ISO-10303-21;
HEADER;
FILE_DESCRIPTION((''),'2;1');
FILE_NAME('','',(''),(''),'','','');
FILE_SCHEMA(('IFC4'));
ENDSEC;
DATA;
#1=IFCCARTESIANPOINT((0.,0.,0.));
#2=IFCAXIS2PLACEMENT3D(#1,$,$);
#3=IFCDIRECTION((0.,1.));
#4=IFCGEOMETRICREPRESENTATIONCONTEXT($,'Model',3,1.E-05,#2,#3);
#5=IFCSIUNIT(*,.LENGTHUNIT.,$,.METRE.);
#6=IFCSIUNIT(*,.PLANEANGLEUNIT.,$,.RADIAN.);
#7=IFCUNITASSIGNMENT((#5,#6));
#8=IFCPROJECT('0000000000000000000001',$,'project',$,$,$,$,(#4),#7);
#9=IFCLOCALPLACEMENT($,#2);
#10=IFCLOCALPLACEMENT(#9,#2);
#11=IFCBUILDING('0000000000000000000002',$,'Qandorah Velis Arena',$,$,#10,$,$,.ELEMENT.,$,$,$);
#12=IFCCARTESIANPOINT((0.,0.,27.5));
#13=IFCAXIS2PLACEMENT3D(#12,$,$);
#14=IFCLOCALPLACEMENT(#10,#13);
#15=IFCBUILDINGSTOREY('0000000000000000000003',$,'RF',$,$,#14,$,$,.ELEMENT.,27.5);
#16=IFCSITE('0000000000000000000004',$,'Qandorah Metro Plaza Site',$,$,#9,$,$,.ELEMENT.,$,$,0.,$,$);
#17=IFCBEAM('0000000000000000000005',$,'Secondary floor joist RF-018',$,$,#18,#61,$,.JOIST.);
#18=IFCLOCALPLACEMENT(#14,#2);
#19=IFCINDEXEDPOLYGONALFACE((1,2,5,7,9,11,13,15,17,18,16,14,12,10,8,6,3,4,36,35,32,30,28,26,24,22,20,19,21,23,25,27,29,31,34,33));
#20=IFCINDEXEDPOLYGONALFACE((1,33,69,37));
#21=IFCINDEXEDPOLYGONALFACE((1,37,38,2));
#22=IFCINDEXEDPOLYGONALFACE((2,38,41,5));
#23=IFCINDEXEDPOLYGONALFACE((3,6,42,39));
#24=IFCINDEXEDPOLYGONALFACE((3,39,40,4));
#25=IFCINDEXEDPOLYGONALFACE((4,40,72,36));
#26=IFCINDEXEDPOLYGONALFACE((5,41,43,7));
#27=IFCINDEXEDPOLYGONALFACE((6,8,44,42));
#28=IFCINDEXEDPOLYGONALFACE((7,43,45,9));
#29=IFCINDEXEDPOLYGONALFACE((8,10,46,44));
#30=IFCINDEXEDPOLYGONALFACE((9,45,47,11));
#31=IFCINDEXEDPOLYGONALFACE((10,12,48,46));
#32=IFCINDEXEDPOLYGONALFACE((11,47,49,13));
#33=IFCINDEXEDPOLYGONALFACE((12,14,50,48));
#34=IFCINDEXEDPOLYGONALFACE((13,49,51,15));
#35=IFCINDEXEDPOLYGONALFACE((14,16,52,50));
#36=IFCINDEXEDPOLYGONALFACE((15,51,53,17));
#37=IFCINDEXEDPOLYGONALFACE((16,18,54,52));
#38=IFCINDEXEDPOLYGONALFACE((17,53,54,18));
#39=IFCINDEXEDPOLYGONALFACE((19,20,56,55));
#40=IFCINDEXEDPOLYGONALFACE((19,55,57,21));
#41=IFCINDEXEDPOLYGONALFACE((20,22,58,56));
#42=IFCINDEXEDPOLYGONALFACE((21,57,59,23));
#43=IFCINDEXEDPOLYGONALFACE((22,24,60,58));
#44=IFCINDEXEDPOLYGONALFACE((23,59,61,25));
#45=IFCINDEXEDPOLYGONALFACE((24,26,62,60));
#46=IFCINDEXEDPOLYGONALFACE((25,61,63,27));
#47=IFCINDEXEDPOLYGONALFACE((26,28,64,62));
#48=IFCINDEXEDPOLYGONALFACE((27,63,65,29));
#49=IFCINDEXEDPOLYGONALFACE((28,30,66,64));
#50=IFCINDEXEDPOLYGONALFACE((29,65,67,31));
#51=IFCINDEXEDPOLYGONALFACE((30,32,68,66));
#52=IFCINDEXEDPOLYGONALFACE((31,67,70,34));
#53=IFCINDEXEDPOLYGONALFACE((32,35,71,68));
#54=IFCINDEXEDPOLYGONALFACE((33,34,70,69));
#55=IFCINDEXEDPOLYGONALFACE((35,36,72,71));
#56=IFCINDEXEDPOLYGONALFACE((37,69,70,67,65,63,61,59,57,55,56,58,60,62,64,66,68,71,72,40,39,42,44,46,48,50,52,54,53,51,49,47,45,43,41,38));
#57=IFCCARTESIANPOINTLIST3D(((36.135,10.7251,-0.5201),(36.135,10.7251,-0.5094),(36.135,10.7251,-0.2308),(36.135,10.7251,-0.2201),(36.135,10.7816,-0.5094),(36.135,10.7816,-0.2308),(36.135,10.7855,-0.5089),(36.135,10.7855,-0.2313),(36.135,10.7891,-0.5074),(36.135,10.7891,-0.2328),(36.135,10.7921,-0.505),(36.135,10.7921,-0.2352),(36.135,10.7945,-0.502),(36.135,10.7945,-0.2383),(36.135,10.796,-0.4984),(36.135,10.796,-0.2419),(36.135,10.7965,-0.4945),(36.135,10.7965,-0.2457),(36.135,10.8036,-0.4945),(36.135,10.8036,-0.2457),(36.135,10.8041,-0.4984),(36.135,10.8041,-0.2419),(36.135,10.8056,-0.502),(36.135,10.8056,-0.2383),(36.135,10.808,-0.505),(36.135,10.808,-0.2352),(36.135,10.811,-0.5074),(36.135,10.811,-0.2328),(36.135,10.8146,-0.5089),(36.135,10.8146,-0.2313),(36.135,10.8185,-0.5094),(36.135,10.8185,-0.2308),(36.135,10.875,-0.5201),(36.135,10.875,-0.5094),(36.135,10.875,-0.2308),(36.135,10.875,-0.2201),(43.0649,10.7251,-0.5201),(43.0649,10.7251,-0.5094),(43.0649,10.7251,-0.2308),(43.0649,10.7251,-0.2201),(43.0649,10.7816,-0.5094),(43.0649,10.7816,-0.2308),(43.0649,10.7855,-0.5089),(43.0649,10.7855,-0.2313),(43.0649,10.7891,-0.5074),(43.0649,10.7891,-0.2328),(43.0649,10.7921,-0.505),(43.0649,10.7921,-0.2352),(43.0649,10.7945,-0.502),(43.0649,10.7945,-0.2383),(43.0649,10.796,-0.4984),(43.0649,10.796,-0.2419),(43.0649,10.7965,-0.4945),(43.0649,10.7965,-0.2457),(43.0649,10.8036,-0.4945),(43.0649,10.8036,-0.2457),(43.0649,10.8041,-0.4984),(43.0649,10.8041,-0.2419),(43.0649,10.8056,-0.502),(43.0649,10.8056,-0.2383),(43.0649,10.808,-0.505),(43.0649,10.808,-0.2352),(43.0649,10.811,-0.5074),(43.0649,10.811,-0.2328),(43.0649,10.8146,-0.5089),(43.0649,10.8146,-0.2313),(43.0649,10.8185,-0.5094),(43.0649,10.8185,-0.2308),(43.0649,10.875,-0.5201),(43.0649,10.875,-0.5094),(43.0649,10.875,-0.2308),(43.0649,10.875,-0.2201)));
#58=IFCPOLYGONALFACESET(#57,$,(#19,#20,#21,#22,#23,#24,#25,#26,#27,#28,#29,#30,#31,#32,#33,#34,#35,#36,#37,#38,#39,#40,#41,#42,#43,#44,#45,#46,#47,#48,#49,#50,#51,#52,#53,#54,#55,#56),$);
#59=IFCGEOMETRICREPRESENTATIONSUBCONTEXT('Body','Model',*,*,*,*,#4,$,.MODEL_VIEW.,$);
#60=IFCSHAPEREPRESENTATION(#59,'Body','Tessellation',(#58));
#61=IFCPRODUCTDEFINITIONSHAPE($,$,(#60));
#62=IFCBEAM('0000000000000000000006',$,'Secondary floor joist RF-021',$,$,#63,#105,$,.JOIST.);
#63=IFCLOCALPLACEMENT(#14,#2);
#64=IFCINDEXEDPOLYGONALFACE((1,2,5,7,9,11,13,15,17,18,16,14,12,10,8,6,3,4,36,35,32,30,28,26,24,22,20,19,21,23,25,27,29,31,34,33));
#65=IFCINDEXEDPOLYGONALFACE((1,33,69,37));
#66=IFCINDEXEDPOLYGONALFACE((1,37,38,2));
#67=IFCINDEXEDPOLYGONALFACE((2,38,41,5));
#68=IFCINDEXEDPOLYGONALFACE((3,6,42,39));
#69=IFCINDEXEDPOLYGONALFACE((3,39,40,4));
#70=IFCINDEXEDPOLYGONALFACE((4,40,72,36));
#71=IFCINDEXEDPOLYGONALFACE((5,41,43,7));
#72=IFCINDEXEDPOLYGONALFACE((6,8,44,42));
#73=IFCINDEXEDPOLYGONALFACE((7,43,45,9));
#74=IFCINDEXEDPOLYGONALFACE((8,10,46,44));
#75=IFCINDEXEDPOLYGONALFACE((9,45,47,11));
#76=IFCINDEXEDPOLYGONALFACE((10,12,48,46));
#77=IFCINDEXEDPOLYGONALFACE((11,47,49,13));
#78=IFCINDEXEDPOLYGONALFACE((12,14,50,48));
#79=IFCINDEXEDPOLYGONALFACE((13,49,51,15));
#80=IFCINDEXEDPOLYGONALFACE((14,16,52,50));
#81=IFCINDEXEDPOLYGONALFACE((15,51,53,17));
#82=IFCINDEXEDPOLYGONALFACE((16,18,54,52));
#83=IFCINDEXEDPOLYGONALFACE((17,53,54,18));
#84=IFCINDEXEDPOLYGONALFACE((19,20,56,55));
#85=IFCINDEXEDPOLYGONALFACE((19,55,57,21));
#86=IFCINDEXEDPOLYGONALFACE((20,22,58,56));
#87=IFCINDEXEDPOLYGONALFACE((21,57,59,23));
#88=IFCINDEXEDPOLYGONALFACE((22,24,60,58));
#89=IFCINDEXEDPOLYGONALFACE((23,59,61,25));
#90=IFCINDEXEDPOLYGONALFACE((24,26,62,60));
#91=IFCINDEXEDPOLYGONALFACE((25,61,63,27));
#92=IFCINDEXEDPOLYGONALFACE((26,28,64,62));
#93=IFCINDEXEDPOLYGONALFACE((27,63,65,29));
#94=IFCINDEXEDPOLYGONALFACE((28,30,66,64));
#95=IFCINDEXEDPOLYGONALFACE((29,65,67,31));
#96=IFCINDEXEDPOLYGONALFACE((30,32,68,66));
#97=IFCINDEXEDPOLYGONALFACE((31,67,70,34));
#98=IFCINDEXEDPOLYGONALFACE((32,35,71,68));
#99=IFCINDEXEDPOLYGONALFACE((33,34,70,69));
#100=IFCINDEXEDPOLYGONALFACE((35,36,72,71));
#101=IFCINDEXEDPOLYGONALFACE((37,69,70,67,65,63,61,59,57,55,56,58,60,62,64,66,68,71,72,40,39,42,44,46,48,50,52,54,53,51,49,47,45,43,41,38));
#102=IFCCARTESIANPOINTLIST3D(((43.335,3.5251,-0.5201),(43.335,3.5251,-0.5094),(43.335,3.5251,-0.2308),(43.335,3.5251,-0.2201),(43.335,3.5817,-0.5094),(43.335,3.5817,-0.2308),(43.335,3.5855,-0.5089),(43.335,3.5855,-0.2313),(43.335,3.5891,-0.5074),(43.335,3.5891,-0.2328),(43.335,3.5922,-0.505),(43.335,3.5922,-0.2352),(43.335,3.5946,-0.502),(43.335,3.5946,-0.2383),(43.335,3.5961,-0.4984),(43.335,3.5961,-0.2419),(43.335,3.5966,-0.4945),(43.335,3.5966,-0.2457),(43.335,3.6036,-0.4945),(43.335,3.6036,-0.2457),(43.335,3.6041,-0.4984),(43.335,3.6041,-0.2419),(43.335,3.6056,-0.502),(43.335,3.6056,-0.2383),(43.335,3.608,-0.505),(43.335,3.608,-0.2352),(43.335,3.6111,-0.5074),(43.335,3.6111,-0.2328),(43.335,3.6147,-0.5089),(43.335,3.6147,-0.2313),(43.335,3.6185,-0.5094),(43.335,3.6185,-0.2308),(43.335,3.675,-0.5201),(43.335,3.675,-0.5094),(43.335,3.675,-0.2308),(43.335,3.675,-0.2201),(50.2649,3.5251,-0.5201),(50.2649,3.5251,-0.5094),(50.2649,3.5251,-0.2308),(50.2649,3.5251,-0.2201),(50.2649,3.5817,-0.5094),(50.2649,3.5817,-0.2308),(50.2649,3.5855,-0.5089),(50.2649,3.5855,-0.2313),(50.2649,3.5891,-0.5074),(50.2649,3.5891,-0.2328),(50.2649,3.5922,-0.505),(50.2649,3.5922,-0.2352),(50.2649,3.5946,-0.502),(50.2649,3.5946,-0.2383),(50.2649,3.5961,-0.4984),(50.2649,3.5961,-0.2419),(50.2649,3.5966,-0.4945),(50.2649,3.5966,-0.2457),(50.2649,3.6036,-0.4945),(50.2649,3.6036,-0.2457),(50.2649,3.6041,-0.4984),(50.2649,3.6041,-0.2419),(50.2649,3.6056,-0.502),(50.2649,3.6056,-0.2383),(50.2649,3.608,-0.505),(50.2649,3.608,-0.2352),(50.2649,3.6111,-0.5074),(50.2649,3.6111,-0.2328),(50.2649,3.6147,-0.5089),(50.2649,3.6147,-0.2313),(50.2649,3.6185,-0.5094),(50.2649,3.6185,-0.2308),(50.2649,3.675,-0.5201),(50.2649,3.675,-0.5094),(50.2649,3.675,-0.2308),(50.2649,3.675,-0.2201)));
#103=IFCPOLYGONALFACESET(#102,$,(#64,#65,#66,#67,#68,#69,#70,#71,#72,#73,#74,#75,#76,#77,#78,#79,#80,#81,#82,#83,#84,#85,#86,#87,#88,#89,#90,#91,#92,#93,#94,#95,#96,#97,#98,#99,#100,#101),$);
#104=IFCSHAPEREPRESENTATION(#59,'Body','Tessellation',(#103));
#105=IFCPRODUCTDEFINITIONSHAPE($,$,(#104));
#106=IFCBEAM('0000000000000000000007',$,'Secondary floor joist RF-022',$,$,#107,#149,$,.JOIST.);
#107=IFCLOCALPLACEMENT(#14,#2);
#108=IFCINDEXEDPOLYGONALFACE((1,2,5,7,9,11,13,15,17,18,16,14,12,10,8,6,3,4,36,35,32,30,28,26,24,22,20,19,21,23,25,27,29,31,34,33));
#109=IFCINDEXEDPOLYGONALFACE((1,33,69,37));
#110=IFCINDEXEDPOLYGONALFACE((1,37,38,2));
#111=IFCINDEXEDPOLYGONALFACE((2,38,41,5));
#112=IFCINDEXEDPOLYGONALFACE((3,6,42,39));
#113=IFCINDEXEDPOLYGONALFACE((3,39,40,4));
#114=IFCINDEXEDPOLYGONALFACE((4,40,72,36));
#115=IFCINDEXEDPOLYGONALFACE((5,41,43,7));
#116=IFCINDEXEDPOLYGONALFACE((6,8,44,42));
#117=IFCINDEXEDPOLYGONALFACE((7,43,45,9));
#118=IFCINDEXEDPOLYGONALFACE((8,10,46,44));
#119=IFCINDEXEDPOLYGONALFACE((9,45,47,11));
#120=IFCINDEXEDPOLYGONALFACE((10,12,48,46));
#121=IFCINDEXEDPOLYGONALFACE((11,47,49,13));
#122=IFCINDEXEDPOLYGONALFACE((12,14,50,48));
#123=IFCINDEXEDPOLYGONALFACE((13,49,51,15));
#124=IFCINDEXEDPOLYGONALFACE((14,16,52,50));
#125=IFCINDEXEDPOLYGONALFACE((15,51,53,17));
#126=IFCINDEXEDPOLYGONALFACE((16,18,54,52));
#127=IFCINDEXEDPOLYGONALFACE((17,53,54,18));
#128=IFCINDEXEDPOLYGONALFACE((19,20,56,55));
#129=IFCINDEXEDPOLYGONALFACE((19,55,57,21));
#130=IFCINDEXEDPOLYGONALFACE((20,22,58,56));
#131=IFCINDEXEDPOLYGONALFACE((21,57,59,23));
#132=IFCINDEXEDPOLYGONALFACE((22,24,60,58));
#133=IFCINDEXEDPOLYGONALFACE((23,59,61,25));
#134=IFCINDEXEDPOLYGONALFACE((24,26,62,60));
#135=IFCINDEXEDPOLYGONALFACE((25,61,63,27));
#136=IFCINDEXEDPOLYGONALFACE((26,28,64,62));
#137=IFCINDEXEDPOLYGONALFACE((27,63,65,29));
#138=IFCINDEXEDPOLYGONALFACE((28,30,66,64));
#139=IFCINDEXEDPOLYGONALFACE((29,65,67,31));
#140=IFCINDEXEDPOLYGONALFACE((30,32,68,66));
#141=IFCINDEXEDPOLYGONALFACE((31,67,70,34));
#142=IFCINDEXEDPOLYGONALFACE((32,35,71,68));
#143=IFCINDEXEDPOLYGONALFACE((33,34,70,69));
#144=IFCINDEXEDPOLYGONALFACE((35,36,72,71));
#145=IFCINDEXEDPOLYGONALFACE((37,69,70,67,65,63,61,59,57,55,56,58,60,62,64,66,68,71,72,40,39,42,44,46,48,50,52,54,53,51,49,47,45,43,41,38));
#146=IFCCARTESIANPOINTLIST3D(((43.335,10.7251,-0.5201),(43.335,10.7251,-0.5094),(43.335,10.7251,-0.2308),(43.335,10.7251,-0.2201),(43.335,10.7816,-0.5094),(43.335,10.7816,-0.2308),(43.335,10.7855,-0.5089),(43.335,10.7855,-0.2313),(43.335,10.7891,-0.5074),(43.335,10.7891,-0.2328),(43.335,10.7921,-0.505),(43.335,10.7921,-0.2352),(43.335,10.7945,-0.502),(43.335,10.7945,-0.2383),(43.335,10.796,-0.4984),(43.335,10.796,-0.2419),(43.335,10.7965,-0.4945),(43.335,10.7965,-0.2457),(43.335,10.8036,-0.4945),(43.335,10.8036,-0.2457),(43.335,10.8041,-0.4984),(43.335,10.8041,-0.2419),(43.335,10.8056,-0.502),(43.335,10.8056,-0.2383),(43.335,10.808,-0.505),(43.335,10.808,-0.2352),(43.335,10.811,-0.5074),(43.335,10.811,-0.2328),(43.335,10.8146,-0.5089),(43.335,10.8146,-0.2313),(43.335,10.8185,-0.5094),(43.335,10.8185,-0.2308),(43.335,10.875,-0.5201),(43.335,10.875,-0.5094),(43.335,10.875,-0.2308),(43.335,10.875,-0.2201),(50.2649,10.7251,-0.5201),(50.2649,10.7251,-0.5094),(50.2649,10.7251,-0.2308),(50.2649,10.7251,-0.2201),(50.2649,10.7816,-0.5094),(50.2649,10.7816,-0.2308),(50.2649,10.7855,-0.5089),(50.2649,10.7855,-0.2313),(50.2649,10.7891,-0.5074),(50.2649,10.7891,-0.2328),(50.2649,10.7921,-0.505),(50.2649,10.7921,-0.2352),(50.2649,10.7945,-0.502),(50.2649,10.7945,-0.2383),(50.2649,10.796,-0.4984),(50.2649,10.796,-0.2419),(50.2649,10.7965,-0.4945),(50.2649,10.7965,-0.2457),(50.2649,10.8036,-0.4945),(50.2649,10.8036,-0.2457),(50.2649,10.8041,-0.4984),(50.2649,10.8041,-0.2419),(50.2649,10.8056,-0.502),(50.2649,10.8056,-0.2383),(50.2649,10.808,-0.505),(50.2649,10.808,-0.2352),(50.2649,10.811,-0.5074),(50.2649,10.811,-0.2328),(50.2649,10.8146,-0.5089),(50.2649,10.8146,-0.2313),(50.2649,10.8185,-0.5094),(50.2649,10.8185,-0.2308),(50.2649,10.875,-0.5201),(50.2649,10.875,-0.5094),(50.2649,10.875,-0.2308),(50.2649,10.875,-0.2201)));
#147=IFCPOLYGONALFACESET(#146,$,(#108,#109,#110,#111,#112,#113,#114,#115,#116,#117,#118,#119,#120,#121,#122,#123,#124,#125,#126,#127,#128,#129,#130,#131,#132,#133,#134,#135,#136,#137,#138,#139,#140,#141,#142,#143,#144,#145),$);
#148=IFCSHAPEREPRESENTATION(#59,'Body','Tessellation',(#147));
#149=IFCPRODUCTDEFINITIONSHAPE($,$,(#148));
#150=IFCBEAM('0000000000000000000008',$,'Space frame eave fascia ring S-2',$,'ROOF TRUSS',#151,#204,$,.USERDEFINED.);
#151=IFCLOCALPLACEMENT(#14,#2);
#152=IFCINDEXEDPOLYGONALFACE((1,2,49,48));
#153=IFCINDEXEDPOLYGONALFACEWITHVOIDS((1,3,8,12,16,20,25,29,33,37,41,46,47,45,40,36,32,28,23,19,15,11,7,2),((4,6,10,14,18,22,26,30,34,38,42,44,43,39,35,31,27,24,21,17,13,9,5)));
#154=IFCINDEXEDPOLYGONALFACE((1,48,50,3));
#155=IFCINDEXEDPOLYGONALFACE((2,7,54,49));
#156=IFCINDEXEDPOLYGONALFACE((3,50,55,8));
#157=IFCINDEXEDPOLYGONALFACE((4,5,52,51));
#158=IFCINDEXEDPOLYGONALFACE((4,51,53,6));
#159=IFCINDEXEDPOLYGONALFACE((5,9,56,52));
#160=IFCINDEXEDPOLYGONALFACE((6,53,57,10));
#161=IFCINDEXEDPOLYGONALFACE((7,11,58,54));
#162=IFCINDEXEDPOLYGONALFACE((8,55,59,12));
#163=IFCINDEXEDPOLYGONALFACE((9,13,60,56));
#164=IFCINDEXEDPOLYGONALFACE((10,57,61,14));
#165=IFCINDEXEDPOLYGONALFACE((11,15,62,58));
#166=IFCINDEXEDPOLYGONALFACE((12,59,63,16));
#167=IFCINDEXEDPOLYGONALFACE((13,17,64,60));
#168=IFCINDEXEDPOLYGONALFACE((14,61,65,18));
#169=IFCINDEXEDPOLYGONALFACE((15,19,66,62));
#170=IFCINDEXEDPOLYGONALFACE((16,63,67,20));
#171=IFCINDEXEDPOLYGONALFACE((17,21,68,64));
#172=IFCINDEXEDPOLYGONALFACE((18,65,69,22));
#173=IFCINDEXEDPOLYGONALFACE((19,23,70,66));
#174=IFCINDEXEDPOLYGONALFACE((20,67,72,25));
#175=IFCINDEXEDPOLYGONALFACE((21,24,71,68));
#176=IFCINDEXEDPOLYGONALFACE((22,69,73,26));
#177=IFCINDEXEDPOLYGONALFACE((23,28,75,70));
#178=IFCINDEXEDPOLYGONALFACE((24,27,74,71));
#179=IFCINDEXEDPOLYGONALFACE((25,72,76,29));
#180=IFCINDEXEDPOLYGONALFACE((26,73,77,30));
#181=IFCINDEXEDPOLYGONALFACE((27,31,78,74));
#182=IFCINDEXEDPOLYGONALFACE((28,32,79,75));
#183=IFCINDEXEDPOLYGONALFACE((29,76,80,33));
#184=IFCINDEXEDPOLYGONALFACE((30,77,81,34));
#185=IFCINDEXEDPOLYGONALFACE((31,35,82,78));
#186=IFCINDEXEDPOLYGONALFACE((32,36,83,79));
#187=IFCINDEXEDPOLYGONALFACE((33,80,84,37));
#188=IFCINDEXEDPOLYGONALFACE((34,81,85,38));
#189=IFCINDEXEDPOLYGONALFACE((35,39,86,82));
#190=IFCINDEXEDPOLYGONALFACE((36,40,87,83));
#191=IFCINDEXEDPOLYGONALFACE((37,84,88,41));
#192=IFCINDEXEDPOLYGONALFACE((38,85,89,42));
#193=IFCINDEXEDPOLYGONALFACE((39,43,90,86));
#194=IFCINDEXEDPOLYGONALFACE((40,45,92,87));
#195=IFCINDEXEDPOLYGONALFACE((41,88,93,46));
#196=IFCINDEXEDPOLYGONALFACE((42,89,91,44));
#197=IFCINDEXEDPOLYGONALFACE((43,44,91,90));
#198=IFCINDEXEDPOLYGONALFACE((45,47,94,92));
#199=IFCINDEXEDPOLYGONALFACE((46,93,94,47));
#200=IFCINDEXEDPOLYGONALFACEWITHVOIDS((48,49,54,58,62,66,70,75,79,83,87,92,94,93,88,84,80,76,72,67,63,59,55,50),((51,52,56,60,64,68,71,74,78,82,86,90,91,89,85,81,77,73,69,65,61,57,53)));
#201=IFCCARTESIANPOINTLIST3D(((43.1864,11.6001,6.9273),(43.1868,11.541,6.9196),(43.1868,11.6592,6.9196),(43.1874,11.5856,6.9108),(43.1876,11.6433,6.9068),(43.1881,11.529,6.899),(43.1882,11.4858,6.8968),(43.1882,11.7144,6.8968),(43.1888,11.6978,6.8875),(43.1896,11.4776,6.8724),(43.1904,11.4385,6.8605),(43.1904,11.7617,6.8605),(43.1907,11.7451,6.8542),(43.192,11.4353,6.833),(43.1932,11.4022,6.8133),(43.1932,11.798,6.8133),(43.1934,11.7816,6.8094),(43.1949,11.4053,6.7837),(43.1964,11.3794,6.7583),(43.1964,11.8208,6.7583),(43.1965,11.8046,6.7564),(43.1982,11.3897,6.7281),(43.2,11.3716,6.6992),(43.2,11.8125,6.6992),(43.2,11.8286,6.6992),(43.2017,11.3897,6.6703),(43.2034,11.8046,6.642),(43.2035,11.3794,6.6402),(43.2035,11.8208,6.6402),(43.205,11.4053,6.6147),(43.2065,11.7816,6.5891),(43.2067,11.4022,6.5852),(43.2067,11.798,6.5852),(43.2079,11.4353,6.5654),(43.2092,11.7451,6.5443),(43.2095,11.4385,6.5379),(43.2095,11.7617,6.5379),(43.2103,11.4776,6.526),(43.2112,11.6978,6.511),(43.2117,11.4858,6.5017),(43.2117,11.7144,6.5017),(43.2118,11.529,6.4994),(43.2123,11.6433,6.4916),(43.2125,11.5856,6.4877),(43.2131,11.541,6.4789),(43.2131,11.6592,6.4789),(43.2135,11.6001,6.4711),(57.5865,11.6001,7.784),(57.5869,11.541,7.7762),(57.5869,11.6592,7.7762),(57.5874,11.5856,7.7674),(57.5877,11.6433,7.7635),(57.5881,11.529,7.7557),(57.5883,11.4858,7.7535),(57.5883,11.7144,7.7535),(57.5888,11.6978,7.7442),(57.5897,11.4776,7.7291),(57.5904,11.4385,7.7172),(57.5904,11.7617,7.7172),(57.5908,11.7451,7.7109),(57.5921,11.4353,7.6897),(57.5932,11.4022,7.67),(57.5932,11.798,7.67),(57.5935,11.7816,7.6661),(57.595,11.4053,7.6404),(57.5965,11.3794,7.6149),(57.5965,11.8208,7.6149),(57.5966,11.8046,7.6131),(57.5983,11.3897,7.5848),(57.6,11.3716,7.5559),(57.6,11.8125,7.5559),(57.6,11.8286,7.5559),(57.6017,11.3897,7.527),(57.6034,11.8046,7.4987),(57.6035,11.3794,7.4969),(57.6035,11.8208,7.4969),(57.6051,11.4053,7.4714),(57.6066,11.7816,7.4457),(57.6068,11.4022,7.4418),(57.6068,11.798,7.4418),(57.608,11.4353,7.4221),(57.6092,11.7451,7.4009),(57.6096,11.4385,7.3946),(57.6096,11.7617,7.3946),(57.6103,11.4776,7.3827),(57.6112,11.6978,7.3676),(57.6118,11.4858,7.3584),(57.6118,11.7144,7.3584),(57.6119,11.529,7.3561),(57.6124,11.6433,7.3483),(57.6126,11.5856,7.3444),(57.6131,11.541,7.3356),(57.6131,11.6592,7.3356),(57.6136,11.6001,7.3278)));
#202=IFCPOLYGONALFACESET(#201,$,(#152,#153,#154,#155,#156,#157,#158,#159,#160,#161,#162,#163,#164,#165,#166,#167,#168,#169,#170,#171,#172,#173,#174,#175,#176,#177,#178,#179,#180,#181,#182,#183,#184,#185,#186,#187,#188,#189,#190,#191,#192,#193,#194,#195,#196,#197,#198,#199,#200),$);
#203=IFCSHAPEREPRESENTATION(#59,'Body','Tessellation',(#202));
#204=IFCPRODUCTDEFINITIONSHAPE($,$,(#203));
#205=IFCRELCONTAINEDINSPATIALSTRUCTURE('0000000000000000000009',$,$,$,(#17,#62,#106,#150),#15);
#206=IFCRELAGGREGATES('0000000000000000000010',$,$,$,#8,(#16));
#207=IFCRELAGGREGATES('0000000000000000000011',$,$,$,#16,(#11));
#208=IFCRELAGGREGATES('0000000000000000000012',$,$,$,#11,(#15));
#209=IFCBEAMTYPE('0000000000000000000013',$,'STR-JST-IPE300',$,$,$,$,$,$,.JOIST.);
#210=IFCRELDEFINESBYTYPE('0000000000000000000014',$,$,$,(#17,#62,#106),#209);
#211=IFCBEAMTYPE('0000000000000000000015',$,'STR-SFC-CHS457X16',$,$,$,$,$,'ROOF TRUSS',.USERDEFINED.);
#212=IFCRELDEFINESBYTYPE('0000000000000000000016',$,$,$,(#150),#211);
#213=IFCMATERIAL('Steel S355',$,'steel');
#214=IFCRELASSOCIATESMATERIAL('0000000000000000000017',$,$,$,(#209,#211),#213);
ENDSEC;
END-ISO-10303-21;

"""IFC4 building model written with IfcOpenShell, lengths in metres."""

from ifc_helpers import new_model, si_unit, direction, frame, origin, origin_2d, place, context, subcontext, project, spatial, hollow_circle, i_section, extrude, material, material_profile, profile_set, type_object, element, save


model = new_model("IFC4")

# Units and contexts
model_context = context("Model", 3, precision=1e-05, world=origin(), true_north=direction((0.0, 1.0)))
body_context = subcontext(model_context, "Body", "Model", "MODEL_VIEW")
ifc_project = project(units=[si_unit("LENGTHUNIT", "METRE"), si_unit("PLANEANGLEUNIT", "RADIAN")], contexts=[model_context])

# Site, building, storey
site_placement = place(None, origin())
site = spatial("IfcSite", under=ifc_project, at=site_placement, Name="Qandorah Metro Plaza Site", CompositionType="ELEMENT", RefElevation=0.0)
building_placement = place(site_placement, origin())
building = spatial("IfcBuilding", under=site, at=building_placement, Name="Qandorah Velis Arena", CompositionType="ELEMENT")
storey_placement = place(building_placement, frame((0.0, 0.0, 27.5)))
storey = spatial("IfcBuildingStorey", under=building, at=storey_placement, Name="RF", CompositionType="ELEMENT", Elevation=27.5)

# Beams
ifc_material_1 = material(Name="Steel S355", Category="steel")
ifc_material_profile_1 = material_profile(ifc_material_1, i_section(OverallWidth=0.1499, OverallDepth=0.3, WebThickness=0.0071, FlangeThickness=0.0107, FilletRadius=0.0149, at=origin_2d()), Name="IPE 300")
ifc_profile_set_1 = profile_set([ifc_material_profile_1], Name="Steel S355")
beam_type_1 = type_object("IfcBeamType", Name="STR-JST-IPE300", PredefinedType="JOIST", material=ifc_profile_set_1)
for number, where, z_axis, x_axis, name in (
    (1, (36.135, 10.8, -0.3701), (1.0, 0.0, 0.0), (0.0, 1.0, 0.0), "Secondary floor joist RF-018"),
    (2, (43.335, 3.6001, -0.3701), (1.0, 0.0, 0.0), (0.0, 1.0, 0.0), "Secondary floor joist RF-021"),
    (3, (43.335, 10.8, -0.3701), (1.0, 0.0, 0.0), (0.0, 1.0, 0.0), "Secondary floor joist RF-022"),
):
    element("IfcBeam", number, at=place(storey_placement, frame(where, z_axis=z_axis, x_axis=x_axis)), inside=storey, type_object=beam_type_1, Name=name, PredefinedType="JOIST", context=body_context, shape_type="SweptSolid", body=[
        extrude(i_section(OverallWidth=0.1499, OverallDepth=0.3, WebThickness=0.0071, FlangeThickness=0.0107, FilletRadius=0.0149, at=origin_2d()), origin(), (0.0, 0.0, 1.0), 6.9299),
    ])
ifc_material_profile_2 = material_profile(ifc_material_1, hollow_circle(Radius=0.2285, WallThickness=0.0161, at=origin_2d()), Name="CHS 457x16")
ifc_profile_set_2 = profile_set([ifc_material_profile_2], Name="Steel S355")
beam_type_2 = type_object("IfcBeamType", Name="STR-SFC-CHS457X16", ElementType="ROOF TRUSS", PredefinedType="USERDEFINED", material=ifc_profile_set_2)
beam_1_placement = place(storey_placement, frame((43.2, 11.6001, 6.6992), z_axis=(0.998235, 0.0, 0.059387), x_axis=(0.0, 1.0, 0.0)))
element("IfcBeam", 4, at=beam_1_placement, inside=storey, type_object=beam_type_2, Name="Space frame eave fascia ring S-2", ObjectType="ROOF TRUSS", PredefinedType="USERDEFINED", context=body_context, shape_type="SweptSolid", body=[
    extrude(hollow_circle(Radius=0.2285, WallThickness=0.0161, at=origin_2d()), origin(), (0.0, 0.0, 1.0), 14.4255),
])

save(model, "model.ifc")
